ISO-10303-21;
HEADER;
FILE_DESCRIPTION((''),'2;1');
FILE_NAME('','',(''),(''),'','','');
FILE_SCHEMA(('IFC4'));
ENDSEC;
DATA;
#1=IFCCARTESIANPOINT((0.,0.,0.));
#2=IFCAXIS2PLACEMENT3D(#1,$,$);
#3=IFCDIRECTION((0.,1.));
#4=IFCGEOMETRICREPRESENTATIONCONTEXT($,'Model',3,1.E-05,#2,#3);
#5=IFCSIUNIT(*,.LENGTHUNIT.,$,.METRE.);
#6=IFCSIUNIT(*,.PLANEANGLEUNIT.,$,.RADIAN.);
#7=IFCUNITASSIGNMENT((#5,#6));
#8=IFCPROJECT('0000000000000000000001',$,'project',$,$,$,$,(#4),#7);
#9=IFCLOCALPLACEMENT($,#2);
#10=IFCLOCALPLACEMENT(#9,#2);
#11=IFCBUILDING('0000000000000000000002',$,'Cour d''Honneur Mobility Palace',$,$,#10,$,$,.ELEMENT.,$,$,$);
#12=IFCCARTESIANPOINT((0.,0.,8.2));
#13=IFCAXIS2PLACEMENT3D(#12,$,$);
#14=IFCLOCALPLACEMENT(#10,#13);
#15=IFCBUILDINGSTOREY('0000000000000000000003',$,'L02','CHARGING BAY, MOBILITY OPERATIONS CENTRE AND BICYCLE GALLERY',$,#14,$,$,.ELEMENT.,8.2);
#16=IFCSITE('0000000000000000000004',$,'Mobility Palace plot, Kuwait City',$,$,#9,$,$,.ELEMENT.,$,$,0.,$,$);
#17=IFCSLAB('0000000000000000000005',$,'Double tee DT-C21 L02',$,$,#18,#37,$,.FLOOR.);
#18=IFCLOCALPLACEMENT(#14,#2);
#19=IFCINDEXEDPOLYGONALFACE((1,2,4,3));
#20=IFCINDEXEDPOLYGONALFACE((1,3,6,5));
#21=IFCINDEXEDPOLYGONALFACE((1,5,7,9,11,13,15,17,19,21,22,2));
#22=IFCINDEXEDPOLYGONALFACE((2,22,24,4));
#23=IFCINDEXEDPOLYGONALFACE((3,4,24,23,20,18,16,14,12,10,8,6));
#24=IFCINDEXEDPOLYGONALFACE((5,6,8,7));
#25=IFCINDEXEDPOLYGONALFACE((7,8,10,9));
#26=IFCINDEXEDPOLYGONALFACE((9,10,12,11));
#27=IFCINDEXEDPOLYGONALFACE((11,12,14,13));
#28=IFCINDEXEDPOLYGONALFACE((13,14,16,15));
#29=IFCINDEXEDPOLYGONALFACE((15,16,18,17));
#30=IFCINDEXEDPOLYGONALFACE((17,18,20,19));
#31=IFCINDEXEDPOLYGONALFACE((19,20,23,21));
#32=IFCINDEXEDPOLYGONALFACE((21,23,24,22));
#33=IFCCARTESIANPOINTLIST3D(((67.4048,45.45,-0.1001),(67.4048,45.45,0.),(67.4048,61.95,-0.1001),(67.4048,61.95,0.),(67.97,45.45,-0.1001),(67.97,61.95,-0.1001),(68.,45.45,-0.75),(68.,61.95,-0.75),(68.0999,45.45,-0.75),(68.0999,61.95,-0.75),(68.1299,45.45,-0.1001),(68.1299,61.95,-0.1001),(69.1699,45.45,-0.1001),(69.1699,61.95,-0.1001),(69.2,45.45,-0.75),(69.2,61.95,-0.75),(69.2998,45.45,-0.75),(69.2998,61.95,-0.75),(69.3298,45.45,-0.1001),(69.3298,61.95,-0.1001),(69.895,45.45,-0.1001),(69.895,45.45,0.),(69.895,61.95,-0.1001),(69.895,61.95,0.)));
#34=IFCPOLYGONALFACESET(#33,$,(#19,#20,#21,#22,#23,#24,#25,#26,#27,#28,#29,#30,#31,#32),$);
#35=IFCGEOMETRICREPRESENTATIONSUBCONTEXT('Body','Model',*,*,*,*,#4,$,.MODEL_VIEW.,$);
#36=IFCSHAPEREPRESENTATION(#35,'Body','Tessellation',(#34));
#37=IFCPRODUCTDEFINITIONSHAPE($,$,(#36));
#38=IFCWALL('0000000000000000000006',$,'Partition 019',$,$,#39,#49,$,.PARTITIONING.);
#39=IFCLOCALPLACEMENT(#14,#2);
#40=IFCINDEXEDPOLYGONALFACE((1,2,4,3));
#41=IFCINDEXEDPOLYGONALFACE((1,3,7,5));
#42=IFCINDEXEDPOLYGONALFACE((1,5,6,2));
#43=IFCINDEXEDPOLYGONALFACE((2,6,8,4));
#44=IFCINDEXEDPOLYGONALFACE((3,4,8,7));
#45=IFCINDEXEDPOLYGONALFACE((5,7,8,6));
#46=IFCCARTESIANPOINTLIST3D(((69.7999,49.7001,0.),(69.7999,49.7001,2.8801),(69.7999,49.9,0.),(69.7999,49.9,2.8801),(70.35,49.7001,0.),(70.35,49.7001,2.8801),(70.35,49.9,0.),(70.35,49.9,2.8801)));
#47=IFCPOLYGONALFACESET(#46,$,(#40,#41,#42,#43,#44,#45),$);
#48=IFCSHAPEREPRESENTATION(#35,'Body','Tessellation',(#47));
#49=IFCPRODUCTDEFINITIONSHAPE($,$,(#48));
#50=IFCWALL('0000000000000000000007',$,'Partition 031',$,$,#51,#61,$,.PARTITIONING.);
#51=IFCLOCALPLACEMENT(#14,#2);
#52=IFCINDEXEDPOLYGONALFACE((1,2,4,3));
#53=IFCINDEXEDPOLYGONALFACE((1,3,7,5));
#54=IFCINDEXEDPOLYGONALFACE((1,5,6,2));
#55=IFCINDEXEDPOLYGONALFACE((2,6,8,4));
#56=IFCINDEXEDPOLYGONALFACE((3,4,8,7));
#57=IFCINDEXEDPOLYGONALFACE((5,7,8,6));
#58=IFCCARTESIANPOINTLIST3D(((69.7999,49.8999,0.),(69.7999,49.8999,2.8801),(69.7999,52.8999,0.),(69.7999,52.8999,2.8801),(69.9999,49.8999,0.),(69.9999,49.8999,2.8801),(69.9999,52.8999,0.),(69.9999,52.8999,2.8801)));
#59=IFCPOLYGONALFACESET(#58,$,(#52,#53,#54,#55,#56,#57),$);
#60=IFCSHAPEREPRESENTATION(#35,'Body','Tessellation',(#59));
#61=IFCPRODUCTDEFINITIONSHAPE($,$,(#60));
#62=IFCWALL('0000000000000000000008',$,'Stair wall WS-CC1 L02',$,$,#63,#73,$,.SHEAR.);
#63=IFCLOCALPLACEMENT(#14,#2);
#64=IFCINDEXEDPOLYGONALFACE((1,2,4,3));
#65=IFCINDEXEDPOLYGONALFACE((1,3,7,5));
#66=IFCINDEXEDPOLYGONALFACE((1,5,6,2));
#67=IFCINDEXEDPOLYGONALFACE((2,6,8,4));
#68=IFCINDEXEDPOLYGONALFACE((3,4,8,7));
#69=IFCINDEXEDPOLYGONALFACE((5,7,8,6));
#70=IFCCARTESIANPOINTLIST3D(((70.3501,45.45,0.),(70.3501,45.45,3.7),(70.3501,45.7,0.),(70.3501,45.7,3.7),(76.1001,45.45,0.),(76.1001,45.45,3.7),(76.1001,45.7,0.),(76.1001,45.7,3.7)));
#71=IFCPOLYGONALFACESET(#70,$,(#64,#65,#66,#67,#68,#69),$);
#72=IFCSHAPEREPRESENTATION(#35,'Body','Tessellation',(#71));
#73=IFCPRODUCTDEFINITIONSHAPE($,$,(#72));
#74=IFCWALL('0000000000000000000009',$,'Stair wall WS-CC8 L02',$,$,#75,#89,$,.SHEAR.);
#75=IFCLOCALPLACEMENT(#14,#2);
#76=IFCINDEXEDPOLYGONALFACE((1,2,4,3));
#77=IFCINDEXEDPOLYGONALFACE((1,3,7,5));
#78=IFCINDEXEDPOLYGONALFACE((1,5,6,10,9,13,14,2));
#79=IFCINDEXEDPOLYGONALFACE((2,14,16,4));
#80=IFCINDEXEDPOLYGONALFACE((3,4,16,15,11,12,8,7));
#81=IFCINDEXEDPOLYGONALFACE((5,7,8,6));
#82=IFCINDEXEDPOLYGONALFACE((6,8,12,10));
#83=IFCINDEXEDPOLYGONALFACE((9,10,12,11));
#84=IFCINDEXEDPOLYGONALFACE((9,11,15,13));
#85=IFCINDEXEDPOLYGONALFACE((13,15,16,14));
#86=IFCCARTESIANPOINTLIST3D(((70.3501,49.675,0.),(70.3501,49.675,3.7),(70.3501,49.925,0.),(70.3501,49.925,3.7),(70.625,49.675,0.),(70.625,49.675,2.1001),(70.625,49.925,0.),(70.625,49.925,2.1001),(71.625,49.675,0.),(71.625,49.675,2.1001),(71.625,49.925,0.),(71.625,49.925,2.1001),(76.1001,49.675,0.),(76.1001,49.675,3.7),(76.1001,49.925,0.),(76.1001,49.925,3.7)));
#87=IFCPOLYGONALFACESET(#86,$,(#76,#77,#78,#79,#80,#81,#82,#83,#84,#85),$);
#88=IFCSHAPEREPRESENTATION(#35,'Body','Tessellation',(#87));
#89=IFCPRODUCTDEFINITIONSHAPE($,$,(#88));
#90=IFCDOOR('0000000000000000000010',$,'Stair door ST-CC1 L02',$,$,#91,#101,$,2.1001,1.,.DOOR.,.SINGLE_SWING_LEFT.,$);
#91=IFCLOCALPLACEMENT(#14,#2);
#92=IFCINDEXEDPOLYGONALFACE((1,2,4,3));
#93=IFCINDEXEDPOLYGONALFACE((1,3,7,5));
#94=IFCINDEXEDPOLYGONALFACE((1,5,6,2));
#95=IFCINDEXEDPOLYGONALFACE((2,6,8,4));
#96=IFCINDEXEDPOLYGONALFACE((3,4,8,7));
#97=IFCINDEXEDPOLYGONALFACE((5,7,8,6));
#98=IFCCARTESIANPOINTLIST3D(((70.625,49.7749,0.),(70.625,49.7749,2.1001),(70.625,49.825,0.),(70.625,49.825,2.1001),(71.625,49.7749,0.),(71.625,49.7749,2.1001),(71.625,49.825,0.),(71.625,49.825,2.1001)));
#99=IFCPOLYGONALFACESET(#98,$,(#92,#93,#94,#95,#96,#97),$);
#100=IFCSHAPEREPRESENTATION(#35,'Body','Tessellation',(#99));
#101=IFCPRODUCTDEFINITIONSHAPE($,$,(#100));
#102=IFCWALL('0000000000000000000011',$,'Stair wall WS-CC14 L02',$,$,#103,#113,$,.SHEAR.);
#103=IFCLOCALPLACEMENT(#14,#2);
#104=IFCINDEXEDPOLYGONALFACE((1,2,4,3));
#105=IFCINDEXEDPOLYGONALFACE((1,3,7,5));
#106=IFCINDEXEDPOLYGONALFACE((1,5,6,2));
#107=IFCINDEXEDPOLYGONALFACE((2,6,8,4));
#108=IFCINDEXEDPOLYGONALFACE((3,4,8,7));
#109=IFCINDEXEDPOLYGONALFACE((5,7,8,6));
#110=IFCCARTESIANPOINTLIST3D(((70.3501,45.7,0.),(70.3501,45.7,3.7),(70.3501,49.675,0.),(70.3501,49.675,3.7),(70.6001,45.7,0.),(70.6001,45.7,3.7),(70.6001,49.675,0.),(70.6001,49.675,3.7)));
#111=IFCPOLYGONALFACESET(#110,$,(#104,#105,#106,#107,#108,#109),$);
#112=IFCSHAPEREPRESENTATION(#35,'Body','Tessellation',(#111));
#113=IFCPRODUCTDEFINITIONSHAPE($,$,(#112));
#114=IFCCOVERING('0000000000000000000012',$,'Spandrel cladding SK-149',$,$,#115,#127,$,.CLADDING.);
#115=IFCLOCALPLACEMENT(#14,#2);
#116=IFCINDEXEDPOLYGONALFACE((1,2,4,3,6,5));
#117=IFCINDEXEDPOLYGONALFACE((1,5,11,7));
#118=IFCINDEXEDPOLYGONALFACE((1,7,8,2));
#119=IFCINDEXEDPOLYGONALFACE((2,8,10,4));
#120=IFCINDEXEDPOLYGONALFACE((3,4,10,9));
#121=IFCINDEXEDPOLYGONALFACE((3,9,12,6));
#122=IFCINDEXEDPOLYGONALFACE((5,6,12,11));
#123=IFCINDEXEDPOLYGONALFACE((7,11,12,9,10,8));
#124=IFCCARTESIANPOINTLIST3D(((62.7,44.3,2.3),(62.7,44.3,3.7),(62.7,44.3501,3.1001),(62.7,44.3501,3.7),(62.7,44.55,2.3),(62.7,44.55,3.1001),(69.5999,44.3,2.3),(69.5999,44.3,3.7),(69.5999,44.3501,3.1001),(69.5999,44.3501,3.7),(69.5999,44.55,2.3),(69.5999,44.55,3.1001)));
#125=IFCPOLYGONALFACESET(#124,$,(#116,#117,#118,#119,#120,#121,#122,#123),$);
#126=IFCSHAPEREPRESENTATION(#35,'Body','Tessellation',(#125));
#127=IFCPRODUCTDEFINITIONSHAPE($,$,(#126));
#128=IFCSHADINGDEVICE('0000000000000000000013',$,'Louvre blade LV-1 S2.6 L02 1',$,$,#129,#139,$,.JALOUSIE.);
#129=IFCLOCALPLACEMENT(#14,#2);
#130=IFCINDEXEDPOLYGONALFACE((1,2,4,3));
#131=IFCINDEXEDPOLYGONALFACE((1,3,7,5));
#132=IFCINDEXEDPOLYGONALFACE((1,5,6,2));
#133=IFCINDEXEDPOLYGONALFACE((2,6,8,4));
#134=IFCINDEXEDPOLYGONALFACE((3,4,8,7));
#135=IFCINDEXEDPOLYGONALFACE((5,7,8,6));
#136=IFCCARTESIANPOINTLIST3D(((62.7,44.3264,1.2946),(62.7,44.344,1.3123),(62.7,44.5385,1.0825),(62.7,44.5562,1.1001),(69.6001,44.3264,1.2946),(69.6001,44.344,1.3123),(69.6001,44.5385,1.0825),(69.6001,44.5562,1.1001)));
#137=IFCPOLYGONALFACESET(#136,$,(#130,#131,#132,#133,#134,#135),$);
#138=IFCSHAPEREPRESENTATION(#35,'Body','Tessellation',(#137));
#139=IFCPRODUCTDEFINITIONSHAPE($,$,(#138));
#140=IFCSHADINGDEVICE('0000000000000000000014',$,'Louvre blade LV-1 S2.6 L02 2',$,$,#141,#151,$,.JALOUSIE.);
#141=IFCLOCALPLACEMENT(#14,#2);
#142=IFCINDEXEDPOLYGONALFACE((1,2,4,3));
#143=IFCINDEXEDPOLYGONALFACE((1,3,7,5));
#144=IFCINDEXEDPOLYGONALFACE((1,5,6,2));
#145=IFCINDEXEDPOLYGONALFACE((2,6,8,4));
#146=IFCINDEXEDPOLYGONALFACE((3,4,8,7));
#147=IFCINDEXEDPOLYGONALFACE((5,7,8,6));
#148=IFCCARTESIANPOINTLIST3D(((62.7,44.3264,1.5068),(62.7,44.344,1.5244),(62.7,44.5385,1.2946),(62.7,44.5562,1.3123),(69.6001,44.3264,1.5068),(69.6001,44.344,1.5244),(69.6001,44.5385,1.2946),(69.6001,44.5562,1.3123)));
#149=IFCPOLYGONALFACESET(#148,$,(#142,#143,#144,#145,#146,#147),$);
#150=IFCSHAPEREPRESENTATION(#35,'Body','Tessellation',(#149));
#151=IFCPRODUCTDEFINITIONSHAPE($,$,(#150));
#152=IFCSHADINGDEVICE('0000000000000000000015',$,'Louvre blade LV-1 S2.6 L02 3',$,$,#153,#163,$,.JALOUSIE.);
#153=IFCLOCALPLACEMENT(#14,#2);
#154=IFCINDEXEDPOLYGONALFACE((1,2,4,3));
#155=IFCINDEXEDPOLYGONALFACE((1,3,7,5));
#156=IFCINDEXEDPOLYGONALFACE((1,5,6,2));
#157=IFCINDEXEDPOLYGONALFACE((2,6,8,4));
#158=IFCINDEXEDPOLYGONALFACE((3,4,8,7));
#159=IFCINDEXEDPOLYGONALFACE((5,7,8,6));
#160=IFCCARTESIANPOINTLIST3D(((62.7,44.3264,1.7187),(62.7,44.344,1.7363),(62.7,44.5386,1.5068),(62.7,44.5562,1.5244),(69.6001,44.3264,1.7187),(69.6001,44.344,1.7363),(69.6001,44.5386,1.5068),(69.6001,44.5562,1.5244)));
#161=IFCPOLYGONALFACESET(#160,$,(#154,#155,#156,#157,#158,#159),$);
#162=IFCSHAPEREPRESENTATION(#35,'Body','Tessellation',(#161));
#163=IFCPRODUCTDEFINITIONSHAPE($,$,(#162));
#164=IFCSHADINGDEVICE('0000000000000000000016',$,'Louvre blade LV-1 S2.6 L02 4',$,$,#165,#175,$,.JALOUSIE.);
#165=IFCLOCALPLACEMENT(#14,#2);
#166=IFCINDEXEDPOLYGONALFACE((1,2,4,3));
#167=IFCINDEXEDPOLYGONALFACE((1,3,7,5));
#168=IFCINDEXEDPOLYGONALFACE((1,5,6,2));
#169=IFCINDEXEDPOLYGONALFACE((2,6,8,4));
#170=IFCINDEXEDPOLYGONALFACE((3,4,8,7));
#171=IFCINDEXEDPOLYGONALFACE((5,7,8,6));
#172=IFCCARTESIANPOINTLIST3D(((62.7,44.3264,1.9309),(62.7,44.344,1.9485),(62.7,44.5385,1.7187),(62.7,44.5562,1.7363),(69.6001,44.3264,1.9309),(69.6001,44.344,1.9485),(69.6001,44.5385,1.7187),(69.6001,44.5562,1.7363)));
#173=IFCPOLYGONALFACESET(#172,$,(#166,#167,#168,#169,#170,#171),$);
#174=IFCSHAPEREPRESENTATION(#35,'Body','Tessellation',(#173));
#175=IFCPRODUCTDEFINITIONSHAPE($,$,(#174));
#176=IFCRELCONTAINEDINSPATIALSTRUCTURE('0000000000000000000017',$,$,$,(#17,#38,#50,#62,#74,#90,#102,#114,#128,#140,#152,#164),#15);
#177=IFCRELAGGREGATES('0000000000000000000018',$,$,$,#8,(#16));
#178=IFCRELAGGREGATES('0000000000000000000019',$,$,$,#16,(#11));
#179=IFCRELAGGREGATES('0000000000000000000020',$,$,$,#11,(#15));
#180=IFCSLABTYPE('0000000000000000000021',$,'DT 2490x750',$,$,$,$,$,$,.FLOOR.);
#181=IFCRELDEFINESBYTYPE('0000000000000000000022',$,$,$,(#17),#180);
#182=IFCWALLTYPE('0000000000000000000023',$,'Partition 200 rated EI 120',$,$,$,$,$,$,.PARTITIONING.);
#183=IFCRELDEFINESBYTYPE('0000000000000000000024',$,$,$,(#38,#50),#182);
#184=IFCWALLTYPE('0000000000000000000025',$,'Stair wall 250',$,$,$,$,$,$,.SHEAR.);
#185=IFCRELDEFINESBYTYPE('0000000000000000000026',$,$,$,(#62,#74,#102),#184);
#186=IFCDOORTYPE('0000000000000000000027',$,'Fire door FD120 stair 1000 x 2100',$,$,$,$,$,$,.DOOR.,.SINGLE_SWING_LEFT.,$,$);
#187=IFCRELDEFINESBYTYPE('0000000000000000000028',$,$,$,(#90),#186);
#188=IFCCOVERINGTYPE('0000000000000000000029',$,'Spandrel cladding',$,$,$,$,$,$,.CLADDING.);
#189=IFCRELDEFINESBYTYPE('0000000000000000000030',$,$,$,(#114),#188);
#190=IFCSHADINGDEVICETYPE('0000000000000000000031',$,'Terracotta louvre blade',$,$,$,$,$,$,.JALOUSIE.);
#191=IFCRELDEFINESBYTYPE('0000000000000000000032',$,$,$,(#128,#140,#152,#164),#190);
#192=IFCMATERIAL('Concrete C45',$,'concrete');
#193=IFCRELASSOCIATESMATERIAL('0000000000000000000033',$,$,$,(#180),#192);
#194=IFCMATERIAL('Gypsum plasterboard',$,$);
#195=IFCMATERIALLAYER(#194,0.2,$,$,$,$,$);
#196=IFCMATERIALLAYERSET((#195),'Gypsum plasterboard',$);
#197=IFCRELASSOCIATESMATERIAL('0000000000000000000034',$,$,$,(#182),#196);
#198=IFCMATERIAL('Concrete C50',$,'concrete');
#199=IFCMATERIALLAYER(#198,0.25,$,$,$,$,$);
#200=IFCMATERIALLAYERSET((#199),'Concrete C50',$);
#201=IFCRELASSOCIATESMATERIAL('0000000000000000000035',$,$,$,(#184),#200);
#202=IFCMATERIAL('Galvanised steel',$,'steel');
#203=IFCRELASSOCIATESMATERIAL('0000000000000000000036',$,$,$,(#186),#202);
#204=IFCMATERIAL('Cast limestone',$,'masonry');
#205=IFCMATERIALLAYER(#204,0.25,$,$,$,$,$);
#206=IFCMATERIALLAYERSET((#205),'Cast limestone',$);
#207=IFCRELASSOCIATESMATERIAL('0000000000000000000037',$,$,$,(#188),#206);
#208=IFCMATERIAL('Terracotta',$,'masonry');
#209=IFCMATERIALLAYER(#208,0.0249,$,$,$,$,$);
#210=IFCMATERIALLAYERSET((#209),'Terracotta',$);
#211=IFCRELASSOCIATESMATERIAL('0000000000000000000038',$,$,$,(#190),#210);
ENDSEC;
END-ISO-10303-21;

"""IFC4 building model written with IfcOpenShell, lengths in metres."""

from ifc_helpers import new_model, si_unit, direction, frame, frame_2d, origin, place, context, subcontext, project, spatial, polyline, rectangle, outline, extrude, material, layer, layer_set, material_profile, profile_set, type_object, element, fill, save


model = new_model("IFC4")

# Units and contexts
model_context = context("Model", 3, precision=1e-05, world=origin(), true_north=direction((0.0, 1.0)))
body_context = subcontext(model_context, "Body", "Model", "MODEL_VIEW")
ifc_project = project(units=[si_unit("LENGTHUNIT", "METRE"), si_unit("PLANEANGLEUNIT", "RADIAN")], contexts=[model_context])

# Site, building, storey
site_placement = place(None, origin())
site = spatial("IfcSite", under=ifc_project, at=site_placement, Name="Mobility Palace plot, Kuwait City", CompositionType="ELEMENT", RefElevation=0.0)
building_placement = place(site_placement, origin())
building = spatial("IfcBuilding", under=site, at=building_placement, Name="Cour d'Honneur Mobility Palace", CompositionType="ELEMENT")
storey_placement = place(building_placement, frame((0.0, 0.0, 8.2)))
storey = spatial("IfcBuildingStorey", under=building, at=storey_placement, Name="L02", Description="CHARGING BAY, MOBILITY OPERATIONS CENTRE AND BICYCLE GALLERY", CompositionType="ELEMENT", Elevation=8.2)

# Slab
ifc_material_1 = material(Name="Concrete C45", Category="concrete")
ifc_material_profile_1 = material_profile(ifc_material_1, outline(polyline([(-1.2451, 0.0), (1.2451, 0.0), (1.2451, -0.1001), (0.6799, -0.1001), (0.6499, -0.75), (0.55, -0.75), (0.52, -0.1001), (-0.52, -0.1001), (-0.55, -0.75), (-0.6499, -0.75), (-0.6799, -0.1001), (-1.2451, -0.1001), (-1.2451, 0.0)])), Name="DT 2490x750")
ifc_profile_set_1 = profile_set([ifc_material_profile_1], Name="Concrete C45")
slab_type_1 = type_object("IfcSlabType", Name="DT 2490x750", PredefinedType="FLOOR", material=ifc_profile_set_1)
slab_1_placement = place(storey_placement, frame((68.6499, 45.45, 0.0), z_axis=(0.0, 1.0, 0.0), x_axis=(-1.0, 0.0, 0.0)))
element("IfcSlab", 1, at=slab_1_placement, inside=storey, type_object=slab_type_1, Name="Double tee DT-C21 L02", PredefinedType="FLOOR", context=body_context, shape_type="SweptSolid", body=[
    extrude(outline(polyline([(-1.2451, 0.0), (1.2451, 0.0), (1.2451, -0.1001), (0.6799, -0.1001), (0.6499, -0.75), (0.55, -0.75), (0.52, -0.1001), (-0.52, -0.1001), (-0.55, -0.75), (-0.6499, -0.75), (-0.6799, -0.1001), (-1.2451, -0.1001), (-1.2451, 0.0)])), origin(), (0.0, 0.0, 1.0), 16.5),
])

# Walls
ifc_material_2 = material(Name="Gypsum plasterboard")
ifc_layer_1 = layer(ifc_material_2, 0.2)
ifc_layer_set_1 = layer_set([ifc_layer_1], Name="Gypsum plasterboard")
wall_type_1 = type_object("IfcWallType", Name="Partition 200 rated EI 120", PredefinedType="PARTITIONING", material=ifc_layer_set_1)
wall_1_placement = place(storey_placement, frame((69.8, 49.8, 0.0), z_axis=(0.0, 0.0, 1.0), x_axis=(1.0, 0.0, 0.0)))
element("IfcWall", 2, at=wall_1_placement, inside=storey, type_object=wall_type_1, Name="Partition 019", PredefinedType="PARTITIONING", context=body_context, shape_type="SweptSolid", body=[
    extrude(rectangle(XDim=0.55, YDim=0.2, at=frame_2d((0.2749, 0.0))), origin(), (0.0, 0.0, 1.0), 2.8801),
])
wall_2_placement = place(storey_placement, frame((69.8999, 52.8999, 0.0), z_axis=(0.0, 0.0, 1.0), x_axis=(0.0, -1.0, 0.0)))
element("IfcWall", 3, at=wall_2_placement, inside=storey, type_object=wall_type_1, Name="Partition 031", PredefinedType="PARTITIONING", context=body_context, shape_type="SweptSolid", body=[
    extrude(rectangle(XDim=3.0, YDim=0.2, at=frame_2d((1.5, 0.0))), origin(), (0.0, 0.0, 1.0), 2.8801),
])
ifc_material_3 = material(Name="Concrete C50", Category="concrete")
ifc_layer_2 = layer(ifc_material_3, 0.25)
ifc_layer_set_2 = layer_set([ifc_layer_2], Name="Concrete C50")
wall_type_2 = type_object("IfcWallType", Name="Stair wall 250", PredefinedType="SHEAR", material=ifc_layer_set_2)
wall_3_placement = place(storey_placement, frame((70.3501, 45.575, 0.0), z_axis=(0.0, 0.0, 1.0), x_axis=(1.0, 0.0, 0.0)))
element("IfcWall", 4, at=wall_3_placement, inside=storey, type_object=wall_type_2, Name="Stair wall WS-CC1 L02", PredefinedType="SHEAR", context=body_context, shape_type="SweptSolid", body=[
    extrude(rectangle(XDim=5.75, YDim=0.25, at=frame_2d((2.875, 0.0))), origin(), (0.0, 0.0, 1.0), 3.7),
])

# Wall, opening, door
wall_4_placement = place(storey_placement, frame((70.3501, 49.8, 0.0), z_axis=(0.0, 0.0, 1.0), x_axis=(1.0, 0.0, 0.0)))
wall_4 = element("IfcWall", 5, at=wall_4_placement, inside=storey, type_object=wall_type_2, Name="Stair wall WS-CC8 L02", PredefinedType="SHEAR", context=body_context, shape_type="SweptSolid", body=[
    extrude(rectangle(XDim=5.75, YDim=0.25, at=frame_2d((2.875, 0.0))), origin(), (0.0, 0.0, 1.0), 3.7),
])
opening_placement = place(wall_4_placement, frame((0.2749, 0.0, 0.0)))
opening = element("IfcOpeningElement", 6, at=opening_placement, cuts=wall_4, PredefinedType="OPENING", context=body_context, shape_type="SweptSolid", body=[
    extrude(rectangle(XDim=1.0, YDim=2.1001, at=frame_2d((0.5, 1.05))), frame((0.0, 0.135, 0.0), z_axis=(0.0, -1.0, 0.0), x_axis=(1.0, 0.0, 0.0)), (0.0, 0.0, 1.0), 0.27),
])
ifc_material_4 = material(Name="Galvanised steel", Category="steel")
door_type = type_object("IfcDoorType", Name="Fire door FD120 stair 1000 x 2100", OperationType="SINGLE_SWING_LEFT", PredefinedType="DOOR", material=ifc_material_4)
door_placement = place(opening_placement, origin())
door = element("IfcDoor", 7, at=door_placement, inside=storey, type_object=door_type, Name="Stair door ST-CC1 L02", OperationType="SINGLE_SWING_LEFT", OverallHeight=2.1001, OverallWidth=1.0, PredefinedType="DOOR", context=body_context, shape_type="SweptSolid", body=[
    extrude(rectangle(XDim=1.0, YDim=2.1001, at=frame_2d((0.5, 1.05))), frame((0.0, 0.0249, 0.0), z_axis=(0.0, -1.0, 0.0), x_axis=(1.0, 0.0, 0.0)), (0.0, 0.0, 1.0), 0.05),
])
fill(opening, door)

# Wall
wall_5_placement = place(storey_placement, frame((70.4751, 45.7, 0.0), z_axis=(0.0, 0.0, 1.0), x_axis=(0.0, 1.0, 0.0)))
element("IfcWall", 8, at=wall_5_placement, inside=storey, type_object=wall_type_2, Name="Stair wall WS-CC14 L02", PredefinedType="SHEAR", context=body_context, shape_type="SweptSolid", body=[
    extrude(rectangle(XDim=3.9751, YDim=0.25, at=frame_2d((1.9875, 0.0))), origin(), (0.0, 0.0, 1.0), 3.7),
])

# Covering
ifc_material_5 = material(Name="Cast limestone", Category="masonry")
ifc_layer_3 = layer(ifc_material_5, 0.25)
ifc_layer_set_3 = layer_set([ifc_layer_3], Name="Cast limestone")
covering_type = type_object("IfcCoveringType", Name="Spandrel cladding", PredefinedType="CLADDING", material=ifc_layer_set_3)
covering_placement = place(storey_placement, frame((62.7, 44.55, 2.3), z_axis=(-1.0, 0.0, 0.0), x_axis=(0.0, -1.0, 0.0)))
element("IfcCovering", 9, at=covering_placement, inside=storey, type_object=covering_type, Name="Spandrel cladding SK-149", PredefinedType="CLADDING", context=body_context, shape_type="SweptSolid", body=[
    extrude(outline(polyline([(0.0, 0.0), (0.25, 0.0), (0.25, 1.3999), (0.2, 1.3999), (0.2, 0.8), (0.0, 0.8), (0.0, 0.0)])), origin(), (0.0, 0.0, -1.0), 6.8999),
])

# Shading devices
ifc_material_6 = material(Name="Terracotta", Category="masonry")
ifc_layer_4 = layer(ifc_material_6, 0.0249)
ifc_layer_set_4 = layer_set([ifc_layer_4], Name="Terracotta")
shading_device_type = type_object("IfcShadingDeviceType", Name="Terracotta louvre blade", PredefinedType="JALOUSIE", material=ifc_layer_set_4)
for number, where, z_axis, x_axis, name in (
    (10, (62.7, 44.5562, 1.1001), (0.0, 0.707107, 0.707107), (1.0, 0.0, 0.0), "Louvre blade LV-1 S2.6 L02 1"),
    (11, (62.7, 44.5562, 1.3123), (0.0, 0.707107, 0.707107), (1.0, 0.0, 0.0), "Louvre blade LV-1 S2.6 L02 2"),
):
    element("IfcShadingDevice", number, at=place(storey_placement, frame(where, z_axis=z_axis, x_axis=x_axis)), inside=storey, type_object=shading_device_type, Name=name, PredefinedType="JALOUSIE", context=body_context, shape_type="SweptSolid", body=[
        extrude(outline(polyline([(0.0, 0.0), (6.9001, 0.0), (6.9001, -0.3), (0.0, -0.3), (0.0, 0.0)])), origin(), (0.0, 0.0, -1.0), 0.0249),
    ])
shading_device_placement = place(storey_placement, frame((62.7, 44.5562, 1.5244), z_axis=(0.0, 0.7067, 0.707514), x_axis=(1.0, 0.0, 0.0)))
element("IfcShadingDevice", 12, at=shading_device_placement, inside=storey, type_object=shading_device_type, Name="Louvre blade LV-1 S2.6 L02 3", PredefinedType="JALOUSIE", context=body_context, shape_type="SweptSolid", body=[
    extrude(outline(polyline([(0.0, 0.0), (6.9001, 0.0), (6.9001, -0.2999), (0.0, -0.2999), (0.0, 0.0)])), origin(), (0.0, 0.0, -1.0), 0.0249),
])
for number, where, z_axis, x_axis, name in (
    (13, (62.7, 44.5562, 1.7363), (0.0, 0.707107, 0.707107), (1.0, 0.0, 0.0), "Louvre blade LV-1 S2.6 L02 4"),
):
    element("IfcShadingDevice", number, at=place(storey_placement, frame(where, z_axis=z_axis, x_axis=x_axis)), inside=storey, type_object=shading_device_type, Name=name, PredefinedType="JALOUSIE", context=body_context, shape_type="SweptSolid", body=[
        extrude(outline(polyline([(0.0, 0.0), (6.9001, 0.0), (6.9001, -0.3), (0.0, -0.3), (0.0, 0.0)])), origin(), (0.0, 0.0, -1.0), 0.0249),
    ])

save(model, "model.ifc")
